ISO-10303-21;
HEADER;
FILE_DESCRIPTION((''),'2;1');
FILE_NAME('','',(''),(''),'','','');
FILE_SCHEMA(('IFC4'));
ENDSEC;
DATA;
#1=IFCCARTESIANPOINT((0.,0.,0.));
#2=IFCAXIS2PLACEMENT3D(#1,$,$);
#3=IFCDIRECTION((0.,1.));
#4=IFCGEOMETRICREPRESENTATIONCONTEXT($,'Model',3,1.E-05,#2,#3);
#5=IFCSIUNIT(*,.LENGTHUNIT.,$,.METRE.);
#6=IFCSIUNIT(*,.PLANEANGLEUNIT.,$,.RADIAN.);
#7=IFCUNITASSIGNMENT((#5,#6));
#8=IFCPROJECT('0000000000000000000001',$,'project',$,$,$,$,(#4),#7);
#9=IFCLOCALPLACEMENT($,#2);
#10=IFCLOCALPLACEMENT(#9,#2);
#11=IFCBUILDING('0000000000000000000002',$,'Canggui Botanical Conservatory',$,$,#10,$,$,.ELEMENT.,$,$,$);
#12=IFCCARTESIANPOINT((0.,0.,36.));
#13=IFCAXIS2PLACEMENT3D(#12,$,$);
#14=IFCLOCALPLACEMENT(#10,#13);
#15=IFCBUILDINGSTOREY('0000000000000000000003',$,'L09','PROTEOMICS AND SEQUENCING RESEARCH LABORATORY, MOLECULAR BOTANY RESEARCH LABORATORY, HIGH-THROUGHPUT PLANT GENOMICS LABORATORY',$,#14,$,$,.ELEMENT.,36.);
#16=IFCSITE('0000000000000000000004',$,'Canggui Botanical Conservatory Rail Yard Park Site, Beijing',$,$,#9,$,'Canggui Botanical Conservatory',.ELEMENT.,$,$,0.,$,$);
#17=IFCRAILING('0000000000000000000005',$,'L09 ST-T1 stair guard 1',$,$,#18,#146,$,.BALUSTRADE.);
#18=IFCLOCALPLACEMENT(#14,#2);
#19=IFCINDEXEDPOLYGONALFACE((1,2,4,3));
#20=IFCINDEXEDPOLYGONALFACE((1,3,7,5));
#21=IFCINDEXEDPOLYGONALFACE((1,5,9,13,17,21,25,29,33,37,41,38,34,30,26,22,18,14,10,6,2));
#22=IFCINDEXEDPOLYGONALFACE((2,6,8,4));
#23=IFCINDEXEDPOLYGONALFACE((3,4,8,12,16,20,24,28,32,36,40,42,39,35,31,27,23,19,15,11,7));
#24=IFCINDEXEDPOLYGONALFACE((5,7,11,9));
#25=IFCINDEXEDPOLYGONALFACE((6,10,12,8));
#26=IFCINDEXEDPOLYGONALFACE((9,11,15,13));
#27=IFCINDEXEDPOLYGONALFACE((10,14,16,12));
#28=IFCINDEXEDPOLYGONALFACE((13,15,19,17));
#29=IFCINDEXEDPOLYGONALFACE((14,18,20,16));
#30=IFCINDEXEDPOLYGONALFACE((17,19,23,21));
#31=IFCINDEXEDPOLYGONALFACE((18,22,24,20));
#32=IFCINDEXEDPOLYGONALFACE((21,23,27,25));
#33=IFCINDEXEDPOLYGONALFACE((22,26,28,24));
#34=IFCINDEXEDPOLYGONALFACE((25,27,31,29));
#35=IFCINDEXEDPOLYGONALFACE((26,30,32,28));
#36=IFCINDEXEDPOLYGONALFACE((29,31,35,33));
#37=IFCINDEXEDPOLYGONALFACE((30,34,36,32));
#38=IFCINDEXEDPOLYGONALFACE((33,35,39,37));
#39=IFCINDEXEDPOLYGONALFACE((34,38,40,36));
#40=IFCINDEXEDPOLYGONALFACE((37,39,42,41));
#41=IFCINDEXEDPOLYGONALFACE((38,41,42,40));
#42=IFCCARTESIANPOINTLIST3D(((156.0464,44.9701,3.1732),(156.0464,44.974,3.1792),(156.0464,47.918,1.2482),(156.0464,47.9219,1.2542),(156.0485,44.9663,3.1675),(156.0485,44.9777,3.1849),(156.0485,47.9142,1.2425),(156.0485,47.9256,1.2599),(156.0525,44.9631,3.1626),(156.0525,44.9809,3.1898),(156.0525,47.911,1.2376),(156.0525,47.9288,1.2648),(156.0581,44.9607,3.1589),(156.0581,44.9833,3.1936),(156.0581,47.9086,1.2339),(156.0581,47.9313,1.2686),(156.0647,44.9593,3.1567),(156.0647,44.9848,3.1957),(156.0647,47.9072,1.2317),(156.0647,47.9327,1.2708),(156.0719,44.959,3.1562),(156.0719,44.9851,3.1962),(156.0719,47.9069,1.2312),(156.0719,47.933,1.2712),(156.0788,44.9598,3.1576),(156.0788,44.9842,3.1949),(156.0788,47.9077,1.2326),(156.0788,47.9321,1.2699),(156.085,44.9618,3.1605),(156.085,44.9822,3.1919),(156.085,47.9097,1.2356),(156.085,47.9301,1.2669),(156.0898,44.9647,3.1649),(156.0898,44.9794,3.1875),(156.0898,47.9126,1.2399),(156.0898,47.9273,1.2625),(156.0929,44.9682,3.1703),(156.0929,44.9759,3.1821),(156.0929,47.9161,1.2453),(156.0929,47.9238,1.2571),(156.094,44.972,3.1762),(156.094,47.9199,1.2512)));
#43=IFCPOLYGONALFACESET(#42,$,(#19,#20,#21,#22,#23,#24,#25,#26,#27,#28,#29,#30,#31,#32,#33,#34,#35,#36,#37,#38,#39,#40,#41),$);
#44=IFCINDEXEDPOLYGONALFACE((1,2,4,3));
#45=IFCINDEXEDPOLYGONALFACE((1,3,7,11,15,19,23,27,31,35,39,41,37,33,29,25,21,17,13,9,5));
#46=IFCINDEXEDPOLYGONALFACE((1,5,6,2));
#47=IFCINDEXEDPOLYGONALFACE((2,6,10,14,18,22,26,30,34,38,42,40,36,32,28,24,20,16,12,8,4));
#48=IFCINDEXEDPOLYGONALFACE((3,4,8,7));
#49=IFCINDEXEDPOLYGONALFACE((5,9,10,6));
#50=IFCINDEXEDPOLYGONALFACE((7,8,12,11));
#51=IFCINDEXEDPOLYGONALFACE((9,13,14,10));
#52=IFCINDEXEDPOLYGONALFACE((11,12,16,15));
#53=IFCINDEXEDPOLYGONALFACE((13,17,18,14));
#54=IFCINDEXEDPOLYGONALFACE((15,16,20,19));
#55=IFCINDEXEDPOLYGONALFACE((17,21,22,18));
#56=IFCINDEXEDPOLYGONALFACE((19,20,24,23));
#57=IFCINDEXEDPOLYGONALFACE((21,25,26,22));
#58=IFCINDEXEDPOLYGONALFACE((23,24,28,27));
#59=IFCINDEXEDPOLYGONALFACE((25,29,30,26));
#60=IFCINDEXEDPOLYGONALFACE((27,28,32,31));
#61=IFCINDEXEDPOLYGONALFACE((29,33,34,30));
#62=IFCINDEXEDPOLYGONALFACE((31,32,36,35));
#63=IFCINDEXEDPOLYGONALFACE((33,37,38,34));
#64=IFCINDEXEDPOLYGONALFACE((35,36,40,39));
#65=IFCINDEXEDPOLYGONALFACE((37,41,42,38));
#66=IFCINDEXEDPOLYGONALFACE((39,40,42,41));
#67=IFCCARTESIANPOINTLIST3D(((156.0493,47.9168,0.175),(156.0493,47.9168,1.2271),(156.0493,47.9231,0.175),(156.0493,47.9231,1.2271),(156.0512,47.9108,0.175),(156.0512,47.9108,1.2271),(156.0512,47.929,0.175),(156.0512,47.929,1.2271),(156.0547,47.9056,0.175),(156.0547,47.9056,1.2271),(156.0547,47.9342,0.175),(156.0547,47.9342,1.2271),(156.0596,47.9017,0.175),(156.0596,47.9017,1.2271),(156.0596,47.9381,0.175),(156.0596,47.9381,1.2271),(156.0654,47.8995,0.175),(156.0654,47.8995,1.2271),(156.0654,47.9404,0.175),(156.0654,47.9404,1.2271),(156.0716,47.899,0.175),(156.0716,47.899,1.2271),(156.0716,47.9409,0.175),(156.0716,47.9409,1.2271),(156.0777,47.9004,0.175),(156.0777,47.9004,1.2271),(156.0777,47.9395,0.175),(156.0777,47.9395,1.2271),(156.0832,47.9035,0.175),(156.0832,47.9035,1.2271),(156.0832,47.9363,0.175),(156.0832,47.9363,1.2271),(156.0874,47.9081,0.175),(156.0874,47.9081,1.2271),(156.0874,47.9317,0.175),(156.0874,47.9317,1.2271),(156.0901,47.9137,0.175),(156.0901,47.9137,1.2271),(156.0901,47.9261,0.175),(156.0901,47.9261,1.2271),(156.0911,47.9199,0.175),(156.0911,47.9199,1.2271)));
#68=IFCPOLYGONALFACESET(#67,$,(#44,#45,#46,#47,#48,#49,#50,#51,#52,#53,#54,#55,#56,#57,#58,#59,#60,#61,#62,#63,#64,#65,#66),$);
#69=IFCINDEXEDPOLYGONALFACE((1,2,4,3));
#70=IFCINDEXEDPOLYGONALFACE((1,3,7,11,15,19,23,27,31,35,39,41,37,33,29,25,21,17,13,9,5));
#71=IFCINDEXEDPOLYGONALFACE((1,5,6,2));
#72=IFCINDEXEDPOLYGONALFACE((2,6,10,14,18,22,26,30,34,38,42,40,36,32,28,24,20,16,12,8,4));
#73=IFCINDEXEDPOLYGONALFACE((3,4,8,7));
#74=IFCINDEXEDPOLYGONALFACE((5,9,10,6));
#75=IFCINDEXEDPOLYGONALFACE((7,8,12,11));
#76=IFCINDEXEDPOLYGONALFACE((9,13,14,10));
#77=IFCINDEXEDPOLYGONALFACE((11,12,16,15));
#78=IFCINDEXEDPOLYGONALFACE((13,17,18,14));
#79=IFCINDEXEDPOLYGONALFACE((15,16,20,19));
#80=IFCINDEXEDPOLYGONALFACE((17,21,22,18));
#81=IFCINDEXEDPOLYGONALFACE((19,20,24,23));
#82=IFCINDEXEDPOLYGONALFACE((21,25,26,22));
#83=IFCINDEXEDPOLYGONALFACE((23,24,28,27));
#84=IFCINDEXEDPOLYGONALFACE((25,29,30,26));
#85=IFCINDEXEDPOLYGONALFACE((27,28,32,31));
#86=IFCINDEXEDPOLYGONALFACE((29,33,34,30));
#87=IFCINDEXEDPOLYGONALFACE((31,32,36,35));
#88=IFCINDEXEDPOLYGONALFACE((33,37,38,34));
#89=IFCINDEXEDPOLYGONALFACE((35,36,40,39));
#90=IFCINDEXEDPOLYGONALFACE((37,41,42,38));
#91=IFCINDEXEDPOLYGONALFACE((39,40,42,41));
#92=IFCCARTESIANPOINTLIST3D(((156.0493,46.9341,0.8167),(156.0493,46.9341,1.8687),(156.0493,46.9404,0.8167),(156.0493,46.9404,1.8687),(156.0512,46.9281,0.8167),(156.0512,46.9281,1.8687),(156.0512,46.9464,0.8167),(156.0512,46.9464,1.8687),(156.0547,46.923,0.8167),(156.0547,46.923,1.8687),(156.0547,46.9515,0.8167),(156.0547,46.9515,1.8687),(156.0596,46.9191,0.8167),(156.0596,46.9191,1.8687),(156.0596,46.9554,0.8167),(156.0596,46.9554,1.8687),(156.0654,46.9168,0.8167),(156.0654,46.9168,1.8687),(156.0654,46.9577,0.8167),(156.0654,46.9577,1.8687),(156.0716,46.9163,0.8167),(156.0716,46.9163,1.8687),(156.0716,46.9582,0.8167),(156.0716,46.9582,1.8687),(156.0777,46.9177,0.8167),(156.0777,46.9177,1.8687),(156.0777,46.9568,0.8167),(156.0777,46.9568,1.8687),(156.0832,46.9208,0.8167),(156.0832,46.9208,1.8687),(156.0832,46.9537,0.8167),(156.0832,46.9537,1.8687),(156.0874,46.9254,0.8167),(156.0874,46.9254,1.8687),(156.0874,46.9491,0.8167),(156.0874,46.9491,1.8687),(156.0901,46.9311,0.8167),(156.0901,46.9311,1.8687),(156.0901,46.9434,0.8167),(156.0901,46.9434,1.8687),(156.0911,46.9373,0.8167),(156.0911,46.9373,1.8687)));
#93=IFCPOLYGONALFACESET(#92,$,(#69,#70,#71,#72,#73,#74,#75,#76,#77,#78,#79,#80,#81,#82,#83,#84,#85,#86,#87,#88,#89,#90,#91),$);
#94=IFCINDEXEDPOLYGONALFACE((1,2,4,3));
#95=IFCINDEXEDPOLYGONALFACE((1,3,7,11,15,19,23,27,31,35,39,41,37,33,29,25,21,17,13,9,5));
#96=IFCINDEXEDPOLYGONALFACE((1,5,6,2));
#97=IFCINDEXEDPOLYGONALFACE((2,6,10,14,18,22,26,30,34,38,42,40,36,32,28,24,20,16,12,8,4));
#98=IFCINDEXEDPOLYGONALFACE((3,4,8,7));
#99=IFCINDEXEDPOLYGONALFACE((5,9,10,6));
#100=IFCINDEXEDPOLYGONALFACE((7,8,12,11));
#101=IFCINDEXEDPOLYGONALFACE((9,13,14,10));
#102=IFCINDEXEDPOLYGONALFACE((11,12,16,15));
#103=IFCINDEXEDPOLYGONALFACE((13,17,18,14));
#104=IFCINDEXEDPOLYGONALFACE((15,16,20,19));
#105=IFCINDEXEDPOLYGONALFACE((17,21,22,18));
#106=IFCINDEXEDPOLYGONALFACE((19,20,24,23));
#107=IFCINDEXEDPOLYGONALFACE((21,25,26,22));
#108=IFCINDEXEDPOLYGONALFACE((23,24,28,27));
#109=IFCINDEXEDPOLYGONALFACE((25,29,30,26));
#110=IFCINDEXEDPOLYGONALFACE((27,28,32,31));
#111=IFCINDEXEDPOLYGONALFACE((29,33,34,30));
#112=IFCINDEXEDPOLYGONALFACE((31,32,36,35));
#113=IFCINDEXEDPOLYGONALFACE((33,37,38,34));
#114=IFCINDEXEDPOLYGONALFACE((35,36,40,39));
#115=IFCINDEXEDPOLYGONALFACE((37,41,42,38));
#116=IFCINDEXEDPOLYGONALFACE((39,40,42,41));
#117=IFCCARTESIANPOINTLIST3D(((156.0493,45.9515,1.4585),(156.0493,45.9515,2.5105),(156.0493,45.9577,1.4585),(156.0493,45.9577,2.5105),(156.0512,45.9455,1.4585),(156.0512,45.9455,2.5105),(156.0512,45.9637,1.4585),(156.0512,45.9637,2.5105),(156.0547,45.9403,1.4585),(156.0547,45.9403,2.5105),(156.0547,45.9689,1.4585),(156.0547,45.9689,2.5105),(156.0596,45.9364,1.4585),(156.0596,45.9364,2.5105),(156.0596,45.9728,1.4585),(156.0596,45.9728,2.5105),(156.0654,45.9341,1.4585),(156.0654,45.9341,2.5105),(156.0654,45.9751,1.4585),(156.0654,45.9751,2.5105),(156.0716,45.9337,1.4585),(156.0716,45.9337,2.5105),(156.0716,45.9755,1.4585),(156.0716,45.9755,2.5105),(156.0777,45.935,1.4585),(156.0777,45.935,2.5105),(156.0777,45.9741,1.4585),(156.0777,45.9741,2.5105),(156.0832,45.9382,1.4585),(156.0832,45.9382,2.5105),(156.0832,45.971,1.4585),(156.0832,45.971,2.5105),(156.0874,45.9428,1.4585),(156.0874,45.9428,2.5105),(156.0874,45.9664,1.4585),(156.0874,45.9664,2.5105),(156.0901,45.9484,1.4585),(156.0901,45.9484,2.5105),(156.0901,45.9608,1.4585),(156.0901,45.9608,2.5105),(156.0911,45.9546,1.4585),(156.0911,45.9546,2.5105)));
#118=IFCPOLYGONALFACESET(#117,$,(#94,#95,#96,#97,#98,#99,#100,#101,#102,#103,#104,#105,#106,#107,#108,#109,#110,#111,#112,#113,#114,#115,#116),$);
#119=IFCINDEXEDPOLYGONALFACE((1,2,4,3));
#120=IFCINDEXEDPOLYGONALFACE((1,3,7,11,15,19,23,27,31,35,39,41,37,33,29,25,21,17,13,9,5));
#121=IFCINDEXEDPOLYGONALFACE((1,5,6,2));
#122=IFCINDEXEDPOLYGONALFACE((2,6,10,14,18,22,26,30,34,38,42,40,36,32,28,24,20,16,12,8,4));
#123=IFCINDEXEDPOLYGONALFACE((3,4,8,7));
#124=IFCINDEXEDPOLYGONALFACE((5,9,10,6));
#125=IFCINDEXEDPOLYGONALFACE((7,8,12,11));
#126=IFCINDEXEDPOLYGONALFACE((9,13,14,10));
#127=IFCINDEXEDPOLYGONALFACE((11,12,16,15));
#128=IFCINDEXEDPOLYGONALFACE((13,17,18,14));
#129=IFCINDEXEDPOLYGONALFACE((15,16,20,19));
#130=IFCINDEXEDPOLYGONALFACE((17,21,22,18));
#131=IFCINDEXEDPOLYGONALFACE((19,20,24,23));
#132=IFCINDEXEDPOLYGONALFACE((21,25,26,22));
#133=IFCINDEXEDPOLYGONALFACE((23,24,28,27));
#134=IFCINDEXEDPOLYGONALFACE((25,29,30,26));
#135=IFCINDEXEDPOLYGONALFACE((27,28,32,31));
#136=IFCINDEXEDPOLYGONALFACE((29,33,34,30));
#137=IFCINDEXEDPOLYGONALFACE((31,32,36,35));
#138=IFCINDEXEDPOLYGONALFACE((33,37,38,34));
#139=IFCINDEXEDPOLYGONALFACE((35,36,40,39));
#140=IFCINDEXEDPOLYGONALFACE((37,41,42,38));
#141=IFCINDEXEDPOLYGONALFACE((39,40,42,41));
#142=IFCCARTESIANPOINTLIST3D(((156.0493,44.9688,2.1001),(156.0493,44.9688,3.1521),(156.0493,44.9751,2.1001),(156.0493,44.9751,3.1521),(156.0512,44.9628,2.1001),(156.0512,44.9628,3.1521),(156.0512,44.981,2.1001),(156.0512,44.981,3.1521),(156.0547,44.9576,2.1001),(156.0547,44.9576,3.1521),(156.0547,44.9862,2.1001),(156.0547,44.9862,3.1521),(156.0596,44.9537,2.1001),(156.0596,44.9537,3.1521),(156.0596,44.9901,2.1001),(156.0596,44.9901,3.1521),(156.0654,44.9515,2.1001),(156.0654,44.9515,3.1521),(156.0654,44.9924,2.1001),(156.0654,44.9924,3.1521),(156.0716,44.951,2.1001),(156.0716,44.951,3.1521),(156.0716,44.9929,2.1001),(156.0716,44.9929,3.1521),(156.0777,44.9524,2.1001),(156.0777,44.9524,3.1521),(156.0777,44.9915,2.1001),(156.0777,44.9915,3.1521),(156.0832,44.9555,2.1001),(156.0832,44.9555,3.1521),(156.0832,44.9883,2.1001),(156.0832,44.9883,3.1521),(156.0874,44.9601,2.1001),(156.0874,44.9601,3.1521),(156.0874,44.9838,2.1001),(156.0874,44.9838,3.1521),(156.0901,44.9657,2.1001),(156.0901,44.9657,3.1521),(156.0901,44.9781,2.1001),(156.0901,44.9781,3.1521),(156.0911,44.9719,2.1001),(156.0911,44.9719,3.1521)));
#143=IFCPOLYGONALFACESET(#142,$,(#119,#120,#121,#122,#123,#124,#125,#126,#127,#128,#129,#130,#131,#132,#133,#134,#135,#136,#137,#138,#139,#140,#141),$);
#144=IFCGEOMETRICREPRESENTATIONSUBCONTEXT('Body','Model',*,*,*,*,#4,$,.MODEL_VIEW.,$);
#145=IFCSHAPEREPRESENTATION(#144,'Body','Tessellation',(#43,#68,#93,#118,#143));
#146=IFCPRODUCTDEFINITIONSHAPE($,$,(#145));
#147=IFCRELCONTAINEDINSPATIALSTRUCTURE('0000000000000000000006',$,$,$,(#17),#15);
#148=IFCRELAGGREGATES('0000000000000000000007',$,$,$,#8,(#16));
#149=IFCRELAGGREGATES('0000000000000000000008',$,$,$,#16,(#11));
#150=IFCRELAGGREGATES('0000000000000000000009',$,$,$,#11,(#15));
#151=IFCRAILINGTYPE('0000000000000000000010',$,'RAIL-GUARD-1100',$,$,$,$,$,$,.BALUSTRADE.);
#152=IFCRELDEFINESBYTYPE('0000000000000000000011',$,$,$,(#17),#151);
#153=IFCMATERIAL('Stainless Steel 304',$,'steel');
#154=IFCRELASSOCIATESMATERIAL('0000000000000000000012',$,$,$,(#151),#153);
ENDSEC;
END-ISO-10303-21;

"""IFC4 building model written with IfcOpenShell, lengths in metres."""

from ifc_helpers import new_model, si_unit, direction, frame, origin, origin_2d, place, context, subcontext, project, spatial, circle, extrude, material, type_object, element, save


model = new_model("IFC4")

# Units and contexts
model_context = context("Model", 3, precision=1e-05, world=origin(), true_north=direction((0.0, 1.0)))
body_context = subcontext(model_context, "Body", "Model", "MODEL_VIEW")
ifc_project = project(units=[si_unit("LENGTHUNIT", "METRE"), si_unit("PLANEANGLEUNIT", "RADIAN")], contexts=[model_context])

# Site, building, storey
site_placement = place(None, origin())
site = spatial("IfcSite", under=ifc_project, at=site_placement, Name="Canggui Botanical Conservatory Rail Yard Park Site, Beijing", LongName="Canggui Botanical Conservatory", CompositionType="ELEMENT", RefElevation=0.0)
building_placement = place(site_placement, origin())
building = spatial("IfcBuilding", under=site, at=building_placement, Name="Canggui Botanical Conservatory", CompositionType="ELEMENT")
storey_placement = place(building_placement, frame((0.0, 0.0, 36.0)))
storey = spatial("IfcBuildingStorey", under=building, at=storey_placement, Name="L09", Description="PROTEOMICS AND SEQUENCING RESEARCH LABORATORY, MOLECULAR BOTANY RESEARCH LABORATORY, HIGH-THROUGHPUT PLANT GENOMICS LABORATORY", CompositionType="ELEMENT", Elevation=36.0)

# Railing
ifc_material_1 = material(Name="Stainless Steel 304", Category="steel")
railing_type_1 = type_object("IfcRailingType", Name="RAIL-GUARD-1100", PredefinedType="BALUSTRADE", material=ifc_material_1)
railing_1_placement = place(storey_placement, frame((156.0701, 47.9199, 0.175)))
element("IfcRailing", 1, at=railing_1_placement, inside=storey, type_object=railing_type_1, Name="L09 ST-T1 stair guard 1", PredefinedType="BALUSTRADE", context=body_context, shape_type="SweptSolid", body=[
    extrude(circle(Radius=0.0239, at=origin_2d()), frame((0.0, 0.0, 1.0762), z_axis=(0.0, -0.837293, 0.546754), x_axis=(1.0, 0.0, 0.0)), (0.0, 0.0, 1.0), 3.5208),
    extrude(circle(Radius=0.021, at=origin_2d()), origin(), (0.0, 0.0, 1.0), 1.052),
    extrude(circle(Radius=0.021, at=origin_2d()), frame((0.0, -0.9827, 0.6416)), (0.0, 0.0, 1.0), 1.052),
    extrude(circle(Radius=0.021, at=origin_2d()), frame((0.0, -1.9653, 1.2834)), (0.0, 0.0, 1.0), 1.052),
    extrude(circle(Radius=0.021, at=origin_2d()), frame((0.0, -2.948, 1.925)), (0.0, 0.0, 1.0), 1.052),
])

save(model, "model.ifc")
